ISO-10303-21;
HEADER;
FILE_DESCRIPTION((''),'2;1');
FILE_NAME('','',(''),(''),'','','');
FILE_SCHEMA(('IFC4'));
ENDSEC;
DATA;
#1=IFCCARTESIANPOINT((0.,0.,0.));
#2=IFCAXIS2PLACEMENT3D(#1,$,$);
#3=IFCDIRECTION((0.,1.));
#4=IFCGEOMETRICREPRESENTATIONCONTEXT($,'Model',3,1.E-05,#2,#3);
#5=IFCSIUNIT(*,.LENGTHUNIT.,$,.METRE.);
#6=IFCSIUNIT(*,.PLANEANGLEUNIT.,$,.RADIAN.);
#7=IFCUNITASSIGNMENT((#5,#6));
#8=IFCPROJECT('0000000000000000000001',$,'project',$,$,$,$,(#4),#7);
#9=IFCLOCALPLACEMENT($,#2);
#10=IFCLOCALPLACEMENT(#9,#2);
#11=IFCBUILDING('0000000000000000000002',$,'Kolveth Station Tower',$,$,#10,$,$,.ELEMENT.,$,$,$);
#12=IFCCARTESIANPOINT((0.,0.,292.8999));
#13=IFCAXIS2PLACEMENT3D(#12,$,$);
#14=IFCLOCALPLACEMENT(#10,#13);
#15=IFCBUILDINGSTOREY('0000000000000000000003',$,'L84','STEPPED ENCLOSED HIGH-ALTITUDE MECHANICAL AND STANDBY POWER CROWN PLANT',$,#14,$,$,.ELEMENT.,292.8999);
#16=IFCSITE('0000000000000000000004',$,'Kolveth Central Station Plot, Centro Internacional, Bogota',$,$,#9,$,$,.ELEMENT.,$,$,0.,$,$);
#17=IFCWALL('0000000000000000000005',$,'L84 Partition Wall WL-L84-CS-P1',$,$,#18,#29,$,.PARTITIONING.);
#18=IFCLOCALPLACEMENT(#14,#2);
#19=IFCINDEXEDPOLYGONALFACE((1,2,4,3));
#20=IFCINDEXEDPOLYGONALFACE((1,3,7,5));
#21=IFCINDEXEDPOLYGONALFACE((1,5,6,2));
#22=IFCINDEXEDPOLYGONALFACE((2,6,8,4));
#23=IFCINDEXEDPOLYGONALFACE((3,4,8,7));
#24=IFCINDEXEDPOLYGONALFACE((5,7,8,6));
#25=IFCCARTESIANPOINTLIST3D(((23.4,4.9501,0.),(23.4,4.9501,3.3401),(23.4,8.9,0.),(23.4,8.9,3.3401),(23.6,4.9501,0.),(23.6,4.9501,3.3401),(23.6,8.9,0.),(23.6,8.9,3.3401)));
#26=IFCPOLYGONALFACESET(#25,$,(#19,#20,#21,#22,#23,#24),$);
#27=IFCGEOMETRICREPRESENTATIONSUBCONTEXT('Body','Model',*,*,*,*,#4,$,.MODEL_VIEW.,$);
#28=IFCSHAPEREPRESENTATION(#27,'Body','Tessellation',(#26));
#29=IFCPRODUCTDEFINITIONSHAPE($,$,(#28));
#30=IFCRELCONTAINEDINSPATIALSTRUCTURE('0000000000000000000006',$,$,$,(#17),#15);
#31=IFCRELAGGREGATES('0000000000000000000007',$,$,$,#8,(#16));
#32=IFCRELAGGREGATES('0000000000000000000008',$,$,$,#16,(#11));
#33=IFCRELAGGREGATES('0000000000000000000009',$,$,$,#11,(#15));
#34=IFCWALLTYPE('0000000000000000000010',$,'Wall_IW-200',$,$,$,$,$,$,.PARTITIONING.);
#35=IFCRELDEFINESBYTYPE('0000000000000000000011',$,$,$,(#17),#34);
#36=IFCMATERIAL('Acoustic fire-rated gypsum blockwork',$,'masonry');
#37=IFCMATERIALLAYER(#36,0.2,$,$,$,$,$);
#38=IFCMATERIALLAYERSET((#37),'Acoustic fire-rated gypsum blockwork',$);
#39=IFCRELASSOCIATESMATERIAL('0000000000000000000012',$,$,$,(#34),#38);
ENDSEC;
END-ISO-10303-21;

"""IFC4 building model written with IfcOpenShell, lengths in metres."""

from ifc_helpers import new_model, si_unit, direction, frame, frame_2d, origin, place, context, subcontext, project, spatial, rectangle, extrude, material, layer, layer_set, type_object, element, save


model = new_model("IFC4")

# Units and contexts
model_context = context("Model", 3, precision=1e-05, world=origin(), true_north=direction((0.0, 1.0)))
body_context = subcontext(model_context, "Body", "Model", "MODEL_VIEW")
ifc_project = project(units=[si_unit("LENGTHUNIT", "METRE"), si_unit("PLANEANGLEUNIT", "RADIAN")], contexts=[model_context])

# Site, building, storey
site_placement = place(None, origin())
site = spatial("IfcSite", under=ifc_project, at=site_placement, Name="Kolveth Central Station Plot, Centro Internacional, Bogota", CompositionType="ELEMENT", RefElevation=0.0)
building_placement = place(site_placement, origin())
building = spatial("IfcBuilding", under=site, at=building_placement, Name="Kolveth Station Tower", CompositionType="ELEMENT")
storey_placement = place(building_placement, frame((0.0, 0.0, 292.8999)))
storey = spatial("IfcBuildingStorey", under=building, at=storey_placement, Name="L84", Description="STEPPED ENCLOSED HIGH-ALTITUDE MECHANICAL AND STANDBY POWER CROWN PLANT", CompositionType="ELEMENT", Elevation=292.8999)

# Shared definitions
ifc_material_1 = material(Name="Acoustic fire-rated gypsum blockwork", Category="masonry")
ifc_layer_1 = layer(ifc_material_1, 0.2)
ifc_layer_set_1 = layer_set([ifc_layer_1], Name="Acoustic fire-rated gypsum blockwork")
wall_type_1 = type_object("IfcWallType", Name="Wall_IW-200", PredefinedType="PARTITIONING", material=ifc_layer_set_1)

# Wall
wall_1_placement = place(storey_placement, frame((23.5, 4.95, 0.0), z_axis=(0.0, 0.0, 1.0), x_axis=(0.0, 1.0, 0.0)))
element("IfcWall", 1, at=wall_1_placement, inside=storey, type_object=wall_type_1, Name="L84 Partition Wall WL-L84-CS-P1", PredefinedType="PARTITIONING", context=body_context, shape_type="SweptSolid", body=[
    extrude(rectangle(XDim=3.95, YDim=0.2, at=frame_2d((1.9751, 0.0))), origin(), (0.0, 0.0, 1.0), 3.3401),
])

save(model, "model.ifc")
